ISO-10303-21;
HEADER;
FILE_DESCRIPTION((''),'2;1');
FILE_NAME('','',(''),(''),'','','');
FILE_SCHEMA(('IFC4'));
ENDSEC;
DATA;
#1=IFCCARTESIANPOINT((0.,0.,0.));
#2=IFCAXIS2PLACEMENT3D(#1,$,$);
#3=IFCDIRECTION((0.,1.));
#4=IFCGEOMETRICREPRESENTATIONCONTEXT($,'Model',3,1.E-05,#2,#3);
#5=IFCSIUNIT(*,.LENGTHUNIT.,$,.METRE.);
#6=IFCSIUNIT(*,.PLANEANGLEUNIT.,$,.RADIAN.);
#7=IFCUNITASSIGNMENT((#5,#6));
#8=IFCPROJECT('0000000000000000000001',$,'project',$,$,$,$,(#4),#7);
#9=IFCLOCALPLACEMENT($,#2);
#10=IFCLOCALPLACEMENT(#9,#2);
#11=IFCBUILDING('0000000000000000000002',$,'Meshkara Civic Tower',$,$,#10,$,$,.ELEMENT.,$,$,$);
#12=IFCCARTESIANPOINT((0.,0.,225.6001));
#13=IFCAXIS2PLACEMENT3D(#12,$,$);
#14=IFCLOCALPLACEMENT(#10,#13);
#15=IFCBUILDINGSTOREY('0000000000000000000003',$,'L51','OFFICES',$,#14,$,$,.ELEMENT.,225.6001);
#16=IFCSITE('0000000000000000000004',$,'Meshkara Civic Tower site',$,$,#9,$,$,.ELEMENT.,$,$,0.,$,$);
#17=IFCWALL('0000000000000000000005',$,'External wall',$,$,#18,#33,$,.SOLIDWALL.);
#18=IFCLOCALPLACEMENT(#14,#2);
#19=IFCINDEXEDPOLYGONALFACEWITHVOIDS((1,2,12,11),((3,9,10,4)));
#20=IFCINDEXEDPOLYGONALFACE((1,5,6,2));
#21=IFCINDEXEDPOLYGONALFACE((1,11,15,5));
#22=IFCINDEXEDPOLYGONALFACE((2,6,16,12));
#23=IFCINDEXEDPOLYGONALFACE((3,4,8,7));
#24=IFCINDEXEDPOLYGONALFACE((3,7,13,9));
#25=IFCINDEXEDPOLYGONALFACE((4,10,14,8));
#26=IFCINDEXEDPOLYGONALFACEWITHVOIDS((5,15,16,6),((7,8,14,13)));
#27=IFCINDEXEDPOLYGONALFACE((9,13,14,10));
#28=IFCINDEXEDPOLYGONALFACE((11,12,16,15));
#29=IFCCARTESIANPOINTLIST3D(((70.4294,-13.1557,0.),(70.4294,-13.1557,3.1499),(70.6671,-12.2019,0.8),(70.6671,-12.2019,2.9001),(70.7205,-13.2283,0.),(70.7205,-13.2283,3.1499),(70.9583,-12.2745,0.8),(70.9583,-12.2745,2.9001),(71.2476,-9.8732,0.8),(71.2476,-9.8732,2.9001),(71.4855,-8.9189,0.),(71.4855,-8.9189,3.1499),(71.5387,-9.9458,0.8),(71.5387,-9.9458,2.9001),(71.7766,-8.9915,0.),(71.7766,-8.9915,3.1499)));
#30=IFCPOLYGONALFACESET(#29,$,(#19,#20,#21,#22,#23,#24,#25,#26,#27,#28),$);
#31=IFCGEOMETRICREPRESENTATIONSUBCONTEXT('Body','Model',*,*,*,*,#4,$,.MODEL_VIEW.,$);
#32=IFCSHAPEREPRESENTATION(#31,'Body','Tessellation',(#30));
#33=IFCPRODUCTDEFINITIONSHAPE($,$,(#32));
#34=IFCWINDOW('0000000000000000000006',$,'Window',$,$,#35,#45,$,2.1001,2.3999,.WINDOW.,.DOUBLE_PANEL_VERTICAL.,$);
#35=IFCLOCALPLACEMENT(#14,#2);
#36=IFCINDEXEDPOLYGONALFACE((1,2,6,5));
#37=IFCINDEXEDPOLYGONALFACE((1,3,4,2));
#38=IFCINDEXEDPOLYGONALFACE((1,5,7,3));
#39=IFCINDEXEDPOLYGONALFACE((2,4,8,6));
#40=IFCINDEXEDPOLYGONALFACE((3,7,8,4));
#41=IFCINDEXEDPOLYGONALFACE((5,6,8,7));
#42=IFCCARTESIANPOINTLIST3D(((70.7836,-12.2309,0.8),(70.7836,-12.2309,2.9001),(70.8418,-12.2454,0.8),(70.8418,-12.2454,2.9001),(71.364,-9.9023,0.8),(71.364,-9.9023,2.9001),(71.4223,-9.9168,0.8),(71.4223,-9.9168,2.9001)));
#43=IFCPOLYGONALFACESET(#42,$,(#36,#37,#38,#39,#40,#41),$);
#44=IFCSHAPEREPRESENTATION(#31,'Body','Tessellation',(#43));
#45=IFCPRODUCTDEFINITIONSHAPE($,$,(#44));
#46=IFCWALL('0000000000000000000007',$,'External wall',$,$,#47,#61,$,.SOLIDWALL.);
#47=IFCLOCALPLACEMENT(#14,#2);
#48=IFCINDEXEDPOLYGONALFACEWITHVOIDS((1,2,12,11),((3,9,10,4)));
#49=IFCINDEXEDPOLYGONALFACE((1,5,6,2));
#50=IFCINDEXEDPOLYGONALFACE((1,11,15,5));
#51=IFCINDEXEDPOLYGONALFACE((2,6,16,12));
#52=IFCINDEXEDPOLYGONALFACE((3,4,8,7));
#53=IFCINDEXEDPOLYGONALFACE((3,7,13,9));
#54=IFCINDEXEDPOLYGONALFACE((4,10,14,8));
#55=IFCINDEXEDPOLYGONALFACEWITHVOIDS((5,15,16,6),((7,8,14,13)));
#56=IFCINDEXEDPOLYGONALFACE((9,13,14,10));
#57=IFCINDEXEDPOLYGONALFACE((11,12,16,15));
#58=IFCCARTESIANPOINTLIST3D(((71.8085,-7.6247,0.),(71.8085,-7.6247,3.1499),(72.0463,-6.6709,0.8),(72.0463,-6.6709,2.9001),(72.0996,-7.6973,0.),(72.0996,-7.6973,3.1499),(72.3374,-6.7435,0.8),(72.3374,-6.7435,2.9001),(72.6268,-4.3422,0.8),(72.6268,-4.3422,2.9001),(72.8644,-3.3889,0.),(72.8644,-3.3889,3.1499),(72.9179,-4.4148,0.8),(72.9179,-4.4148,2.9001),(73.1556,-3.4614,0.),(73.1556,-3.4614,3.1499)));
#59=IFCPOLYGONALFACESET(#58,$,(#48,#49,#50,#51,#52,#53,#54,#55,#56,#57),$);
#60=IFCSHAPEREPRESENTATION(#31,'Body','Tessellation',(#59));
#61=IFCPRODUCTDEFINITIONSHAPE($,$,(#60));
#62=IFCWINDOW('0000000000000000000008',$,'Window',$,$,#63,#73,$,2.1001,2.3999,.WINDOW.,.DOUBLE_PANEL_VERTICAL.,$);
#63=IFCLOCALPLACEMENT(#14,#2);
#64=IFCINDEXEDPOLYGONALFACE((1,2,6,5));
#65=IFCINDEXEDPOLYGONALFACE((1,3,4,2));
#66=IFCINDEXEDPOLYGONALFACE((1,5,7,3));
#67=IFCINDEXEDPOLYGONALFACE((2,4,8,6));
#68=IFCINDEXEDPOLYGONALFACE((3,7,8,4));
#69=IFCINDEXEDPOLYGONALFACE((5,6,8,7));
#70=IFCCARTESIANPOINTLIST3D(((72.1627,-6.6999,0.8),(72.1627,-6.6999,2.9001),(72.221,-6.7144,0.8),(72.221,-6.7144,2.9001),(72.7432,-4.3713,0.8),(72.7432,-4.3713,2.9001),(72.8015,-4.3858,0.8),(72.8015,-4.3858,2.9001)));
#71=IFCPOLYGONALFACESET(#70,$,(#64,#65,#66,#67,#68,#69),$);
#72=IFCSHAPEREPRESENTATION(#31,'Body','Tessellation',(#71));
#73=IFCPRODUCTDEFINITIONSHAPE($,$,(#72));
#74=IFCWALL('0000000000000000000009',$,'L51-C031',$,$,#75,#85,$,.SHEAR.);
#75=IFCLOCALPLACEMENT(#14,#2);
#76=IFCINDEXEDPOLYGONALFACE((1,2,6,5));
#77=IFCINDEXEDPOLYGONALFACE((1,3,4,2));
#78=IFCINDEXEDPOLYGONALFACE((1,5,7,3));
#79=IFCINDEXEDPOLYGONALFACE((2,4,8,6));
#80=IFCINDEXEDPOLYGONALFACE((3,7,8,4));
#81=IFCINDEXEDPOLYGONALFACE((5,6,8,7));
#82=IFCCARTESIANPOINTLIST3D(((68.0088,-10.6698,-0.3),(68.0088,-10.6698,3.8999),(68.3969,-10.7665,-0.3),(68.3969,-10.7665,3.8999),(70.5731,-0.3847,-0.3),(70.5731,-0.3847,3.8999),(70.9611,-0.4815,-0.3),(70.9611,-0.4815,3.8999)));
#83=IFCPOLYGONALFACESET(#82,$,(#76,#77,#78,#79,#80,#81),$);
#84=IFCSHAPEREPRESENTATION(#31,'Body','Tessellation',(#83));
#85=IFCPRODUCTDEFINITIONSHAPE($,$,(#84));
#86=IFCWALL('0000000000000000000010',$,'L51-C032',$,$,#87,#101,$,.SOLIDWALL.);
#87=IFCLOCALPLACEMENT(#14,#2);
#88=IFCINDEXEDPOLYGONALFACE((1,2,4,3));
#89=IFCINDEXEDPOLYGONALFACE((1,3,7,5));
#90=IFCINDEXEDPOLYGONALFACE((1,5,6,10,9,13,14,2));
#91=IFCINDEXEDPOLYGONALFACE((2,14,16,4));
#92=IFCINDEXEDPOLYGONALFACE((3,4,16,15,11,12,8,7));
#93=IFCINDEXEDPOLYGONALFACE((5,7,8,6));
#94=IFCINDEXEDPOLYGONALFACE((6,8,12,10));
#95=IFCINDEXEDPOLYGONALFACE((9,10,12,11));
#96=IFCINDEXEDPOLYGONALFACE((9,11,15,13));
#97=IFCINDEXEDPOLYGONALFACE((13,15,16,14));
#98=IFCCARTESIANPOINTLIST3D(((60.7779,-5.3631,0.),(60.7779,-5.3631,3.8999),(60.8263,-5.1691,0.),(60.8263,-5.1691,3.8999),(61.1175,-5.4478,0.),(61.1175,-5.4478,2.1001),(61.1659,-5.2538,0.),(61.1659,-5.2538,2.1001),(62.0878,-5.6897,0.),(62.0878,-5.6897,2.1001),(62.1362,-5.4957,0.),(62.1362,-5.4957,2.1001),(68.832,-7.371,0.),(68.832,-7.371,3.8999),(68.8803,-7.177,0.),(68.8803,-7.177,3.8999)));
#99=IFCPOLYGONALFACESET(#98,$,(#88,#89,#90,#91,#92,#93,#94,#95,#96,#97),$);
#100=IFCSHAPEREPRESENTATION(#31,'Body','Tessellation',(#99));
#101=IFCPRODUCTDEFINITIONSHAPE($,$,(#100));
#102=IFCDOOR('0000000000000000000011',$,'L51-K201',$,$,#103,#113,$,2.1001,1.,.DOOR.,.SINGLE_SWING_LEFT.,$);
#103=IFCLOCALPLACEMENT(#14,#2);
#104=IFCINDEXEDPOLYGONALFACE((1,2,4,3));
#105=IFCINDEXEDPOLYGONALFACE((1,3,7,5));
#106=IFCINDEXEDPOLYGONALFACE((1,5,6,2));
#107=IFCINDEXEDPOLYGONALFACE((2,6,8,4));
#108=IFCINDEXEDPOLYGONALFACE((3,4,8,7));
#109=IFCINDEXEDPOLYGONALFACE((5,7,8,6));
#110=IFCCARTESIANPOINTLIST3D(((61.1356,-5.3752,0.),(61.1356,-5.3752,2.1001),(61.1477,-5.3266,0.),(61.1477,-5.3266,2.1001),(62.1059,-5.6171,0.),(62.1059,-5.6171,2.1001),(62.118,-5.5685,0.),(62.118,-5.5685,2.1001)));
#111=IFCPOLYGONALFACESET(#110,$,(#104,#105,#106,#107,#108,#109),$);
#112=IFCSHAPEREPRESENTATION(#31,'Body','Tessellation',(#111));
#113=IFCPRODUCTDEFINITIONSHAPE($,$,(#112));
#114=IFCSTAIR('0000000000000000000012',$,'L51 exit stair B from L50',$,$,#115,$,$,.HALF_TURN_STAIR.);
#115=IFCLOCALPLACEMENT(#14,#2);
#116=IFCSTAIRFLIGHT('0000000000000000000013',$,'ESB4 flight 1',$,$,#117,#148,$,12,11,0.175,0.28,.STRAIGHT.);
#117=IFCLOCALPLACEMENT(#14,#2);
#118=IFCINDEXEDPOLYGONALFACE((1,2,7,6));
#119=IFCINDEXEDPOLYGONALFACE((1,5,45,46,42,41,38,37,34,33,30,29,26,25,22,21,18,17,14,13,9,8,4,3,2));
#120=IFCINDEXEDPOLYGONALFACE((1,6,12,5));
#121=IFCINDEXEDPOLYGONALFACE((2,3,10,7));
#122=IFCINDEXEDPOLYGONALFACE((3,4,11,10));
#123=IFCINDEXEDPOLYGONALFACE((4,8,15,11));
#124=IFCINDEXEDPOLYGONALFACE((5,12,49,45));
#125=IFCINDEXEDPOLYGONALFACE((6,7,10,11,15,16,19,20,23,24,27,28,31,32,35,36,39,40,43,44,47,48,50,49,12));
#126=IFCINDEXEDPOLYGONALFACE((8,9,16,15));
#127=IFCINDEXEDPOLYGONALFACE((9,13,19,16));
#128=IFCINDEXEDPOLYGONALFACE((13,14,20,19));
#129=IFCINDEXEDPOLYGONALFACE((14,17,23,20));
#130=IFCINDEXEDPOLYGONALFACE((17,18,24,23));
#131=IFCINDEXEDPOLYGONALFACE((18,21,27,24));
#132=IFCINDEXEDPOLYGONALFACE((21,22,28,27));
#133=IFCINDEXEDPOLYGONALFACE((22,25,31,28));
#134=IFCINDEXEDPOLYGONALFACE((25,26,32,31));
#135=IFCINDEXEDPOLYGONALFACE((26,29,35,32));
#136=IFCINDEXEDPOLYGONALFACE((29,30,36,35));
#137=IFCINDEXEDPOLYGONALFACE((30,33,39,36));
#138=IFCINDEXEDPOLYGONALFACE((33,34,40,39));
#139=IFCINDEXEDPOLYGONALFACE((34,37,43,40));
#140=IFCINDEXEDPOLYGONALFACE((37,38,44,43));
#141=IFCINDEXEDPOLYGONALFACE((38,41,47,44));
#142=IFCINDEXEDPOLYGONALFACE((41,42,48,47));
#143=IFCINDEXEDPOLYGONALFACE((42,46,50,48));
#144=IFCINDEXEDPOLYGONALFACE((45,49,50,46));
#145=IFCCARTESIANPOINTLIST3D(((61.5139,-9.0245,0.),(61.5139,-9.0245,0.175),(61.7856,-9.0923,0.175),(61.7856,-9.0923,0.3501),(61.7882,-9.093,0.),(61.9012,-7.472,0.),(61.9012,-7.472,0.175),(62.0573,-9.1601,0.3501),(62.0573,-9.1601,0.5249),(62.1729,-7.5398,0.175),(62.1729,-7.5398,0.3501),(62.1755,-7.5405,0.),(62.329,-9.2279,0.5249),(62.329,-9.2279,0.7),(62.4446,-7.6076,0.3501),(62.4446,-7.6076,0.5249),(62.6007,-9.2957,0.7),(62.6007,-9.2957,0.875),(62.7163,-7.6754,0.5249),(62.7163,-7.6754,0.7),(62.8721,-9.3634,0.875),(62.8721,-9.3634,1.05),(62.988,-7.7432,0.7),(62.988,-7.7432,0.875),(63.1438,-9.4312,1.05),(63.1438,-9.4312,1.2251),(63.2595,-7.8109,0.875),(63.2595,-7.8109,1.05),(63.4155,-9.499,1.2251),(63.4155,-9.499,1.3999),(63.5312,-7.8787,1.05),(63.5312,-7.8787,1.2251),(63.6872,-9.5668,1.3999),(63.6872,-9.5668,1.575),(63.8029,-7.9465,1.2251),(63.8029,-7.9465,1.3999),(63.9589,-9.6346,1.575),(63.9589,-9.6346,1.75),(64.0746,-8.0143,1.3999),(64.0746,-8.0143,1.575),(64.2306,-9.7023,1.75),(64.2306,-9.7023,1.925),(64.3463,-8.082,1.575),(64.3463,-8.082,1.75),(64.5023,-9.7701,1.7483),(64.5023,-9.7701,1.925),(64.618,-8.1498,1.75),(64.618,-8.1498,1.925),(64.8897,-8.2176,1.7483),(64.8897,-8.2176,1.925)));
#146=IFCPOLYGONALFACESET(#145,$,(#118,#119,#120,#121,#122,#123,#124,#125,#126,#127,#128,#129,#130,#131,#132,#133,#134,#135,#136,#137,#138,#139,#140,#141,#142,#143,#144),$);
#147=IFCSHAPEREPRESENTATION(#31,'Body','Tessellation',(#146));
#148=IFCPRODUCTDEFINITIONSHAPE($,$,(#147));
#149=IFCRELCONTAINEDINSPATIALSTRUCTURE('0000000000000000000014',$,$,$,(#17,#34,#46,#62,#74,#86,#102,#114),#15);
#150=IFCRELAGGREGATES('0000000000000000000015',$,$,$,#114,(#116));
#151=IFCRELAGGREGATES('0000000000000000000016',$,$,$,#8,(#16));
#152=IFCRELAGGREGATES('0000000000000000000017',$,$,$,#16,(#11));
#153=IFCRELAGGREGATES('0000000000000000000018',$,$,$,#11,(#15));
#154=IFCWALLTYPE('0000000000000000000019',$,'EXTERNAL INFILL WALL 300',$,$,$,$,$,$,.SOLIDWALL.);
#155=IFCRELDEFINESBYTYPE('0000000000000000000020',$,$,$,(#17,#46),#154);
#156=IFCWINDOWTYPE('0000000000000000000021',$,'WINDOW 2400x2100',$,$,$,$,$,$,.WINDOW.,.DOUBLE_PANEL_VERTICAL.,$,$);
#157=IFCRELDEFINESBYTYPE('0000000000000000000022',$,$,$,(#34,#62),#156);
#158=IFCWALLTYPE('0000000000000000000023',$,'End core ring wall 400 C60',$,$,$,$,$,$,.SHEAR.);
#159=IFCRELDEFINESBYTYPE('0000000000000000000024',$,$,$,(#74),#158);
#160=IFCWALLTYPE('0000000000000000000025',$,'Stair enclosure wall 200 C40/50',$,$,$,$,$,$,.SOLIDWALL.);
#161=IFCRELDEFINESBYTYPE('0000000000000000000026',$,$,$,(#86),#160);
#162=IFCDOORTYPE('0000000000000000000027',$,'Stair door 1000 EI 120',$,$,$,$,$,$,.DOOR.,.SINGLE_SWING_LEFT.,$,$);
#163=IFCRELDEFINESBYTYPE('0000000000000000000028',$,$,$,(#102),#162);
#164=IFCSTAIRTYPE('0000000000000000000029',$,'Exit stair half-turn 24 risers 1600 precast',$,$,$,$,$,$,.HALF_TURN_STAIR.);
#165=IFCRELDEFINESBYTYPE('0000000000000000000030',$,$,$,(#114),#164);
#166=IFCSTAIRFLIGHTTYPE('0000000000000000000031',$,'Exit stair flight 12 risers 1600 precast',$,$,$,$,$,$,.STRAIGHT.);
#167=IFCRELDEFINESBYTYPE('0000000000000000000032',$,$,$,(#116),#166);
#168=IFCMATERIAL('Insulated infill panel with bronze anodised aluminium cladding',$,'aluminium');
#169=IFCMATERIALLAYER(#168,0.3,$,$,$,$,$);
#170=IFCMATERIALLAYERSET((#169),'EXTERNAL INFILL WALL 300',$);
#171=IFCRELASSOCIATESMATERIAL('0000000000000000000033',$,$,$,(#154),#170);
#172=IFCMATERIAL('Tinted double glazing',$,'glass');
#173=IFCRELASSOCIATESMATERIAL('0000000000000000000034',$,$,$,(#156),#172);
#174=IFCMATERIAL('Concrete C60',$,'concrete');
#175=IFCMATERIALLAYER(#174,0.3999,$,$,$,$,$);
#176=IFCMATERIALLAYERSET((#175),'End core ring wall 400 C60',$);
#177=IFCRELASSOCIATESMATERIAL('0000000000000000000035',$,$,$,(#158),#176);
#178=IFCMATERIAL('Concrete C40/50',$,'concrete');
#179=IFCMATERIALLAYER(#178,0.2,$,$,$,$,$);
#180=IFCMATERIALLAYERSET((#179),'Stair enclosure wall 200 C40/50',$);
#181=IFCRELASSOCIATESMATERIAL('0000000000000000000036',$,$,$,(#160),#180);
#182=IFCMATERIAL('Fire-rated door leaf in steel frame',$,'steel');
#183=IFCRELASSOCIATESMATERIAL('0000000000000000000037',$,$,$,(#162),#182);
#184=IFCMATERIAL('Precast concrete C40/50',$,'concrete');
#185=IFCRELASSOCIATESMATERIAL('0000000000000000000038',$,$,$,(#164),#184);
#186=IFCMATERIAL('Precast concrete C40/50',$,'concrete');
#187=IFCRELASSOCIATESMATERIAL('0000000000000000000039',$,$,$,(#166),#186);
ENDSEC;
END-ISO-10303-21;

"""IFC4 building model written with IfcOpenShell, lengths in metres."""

from ifc_helpers import new_model, si_unit, direction, frame, frame_2d, origin, place, context, subcontext, project, spatial, polyline, rectangle, outline, extrude, material, layer, layer_set, type_object, element, fill, aggregate, save


model = new_model("IFC4")

# Units and contexts
model_context = context("Model", 3, precision=1e-05, world=origin(), true_north=direction((0.0, 1.0)))
body_context = subcontext(model_context, "Body", "Model", "MODEL_VIEW")
ifc_project = project(units=[si_unit("LENGTHUNIT", "METRE"), si_unit("PLANEANGLEUNIT", "RADIAN")], contexts=[model_context])

# Site, building, storey
site_placement = place(None, origin())
site = spatial("IfcSite", under=ifc_project, at=site_placement, Name="Meshkara Civic Tower site", CompositionType="ELEMENT", RefElevation=0.0)
building_placement = place(site_placement, origin())
building = spatial("IfcBuilding", under=site, at=building_placement, Name="Meshkara Civic Tower", CompositionType="ELEMENT")
storey_placement = place(building_placement, frame((0.0, 0.0, 225.6001)))
storey = spatial("IfcBuildingStorey", under=building, at=storey_placement, Name="L51", Description="OFFICES", CompositionType="ELEMENT", Elevation=225.6001)

# Walls, openings, windows
ifc_material_1 = material(Name="Insulated infill panel with bronze anodised aluminium cladding", Category="aluminium")
ifc_layer_1 = layer(ifc_material_1, 0.3)
ifc_layer_set_1 = layer_set([ifc_layer_1], Name="EXTERNAL INFILL WALL 300")
wall_type_1 = type_object("IfcWallType", Name="EXTERNAL INFILL WALL 300", PredefinedType="SOLIDWALL", material=ifc_layer_set_1)
ifc_material_2 = material(Name="Tinted double glazing", Category="glass")
window_type_1 = type_object("IfcWindowType", Name="WINDOW 2400x2100", PartitioningType="DOUBLE_PANEL_VERTICAL", PredefinedType="WINDOW", material=ifc_material_2)
wall_1_placement = place(storey_placement, frame((70.575, -13.1919, 0.0), z_axis=(0.0, 0.0, 1.0), x_axis=(0.241878, 0.970307, 0.0)))
wall_1 = element("IfcWall", 1, at=wall_1_placement, inside=storey, type_object=wall_type_1, Name="External wall", PredefinedType="SOLIDWALL", context=body_context, shape_type="SweptSolid", body=[
    extrude(rectangle(XDim=4.3665, YDim=0.3, at=frame_2d((2.1831, 0.0))), origin(), (0.0, 0.0, 1.0), 3.1499),
])
opening_1_placement = place(wall_1_placement, frame((0.9829, 0.0, 0.8)))
opening_1 = element("IfcOpeningElement", 2, at=opening_1_placement, cuts=wall_1, PredefinedType="OPENING", context=body_context, shape_type="SweptSolid", body=[
    extrude(rectangle(XDim=2.3999, YDim=2.1001, at=frame_2d((1.2, 1.05))), frame((0.0, 0.1599, 0.0), z_axis=(0.0, -1.0, 0.0), x_axis=(1.0, 0.0, 0.0)), (0.0, 0.0, 1.0), 0.3201),
])
window_1_placement = place(opening_1_placement, origin())
window_1 = element("IfcWindow", 3, at=window_1_placement, inside=storey, type_object=window_type_1, Name="Window", OverallHeight=2.1001, OverallWidth=2.3999, PartitioningType="DOUBLE_PANEL_VERTICAL", PredefinedType="WINDOW", context=body_context, shape_type="SweptSolid", body=[
    extrude(rectangle(XDim=2.3999, YDim=2.1001, at=frame_2d((1.2, 1.05))), frame((0.0, 0.03, 0.0), z_axis=(0.0, -1.0, 0.0), x_axis=(1.0, 0.0, 0.0)), (0.0, 0.0, 1.0), 0.0601),
])
fill(opening_1, window_1)
wall_2_placement = place(storey_placement, frame((71.9541, -7.6609, 0.0), z_axis=(0.0, 0.0, 1.0), x_axis=(0.241878, 0.970307, 0.0)))
wall_2 = element("IfcWall", 4, at=wall_2_placement, inside=storey, type_object=wall_type_1, Name="External wall", PredefinedType="SOLIDWALL", context=body_context, shape_type="SweptSolid", body=[
    extrude(rectangle(XDim=4.3655, YDim=0.3, at=frame_2d((2.1826, 0.0))), origin(), (0.0, 0.0, 1.0), 3.1499),
])
opening_2_placement = place(wall_2_placement, frame((0.9829, 0.0, 0.8)))
opening_2 = element("IfcOpeningElement", 5, at=opening_2_placement, cuts=wall_2, PredefinedType="OPENING", context=body_context, shape_type="SweptSolid", body=[
    extrude(rectangle(XDim=2.3999, YDim=2.1001, at=frame_2d((1.2, 1.05))), frame((0.0, 0.1599, 0.0), z_axis=(0.0, -1.0, 0.0), x_axis=(1.0, 0.0, 0.0)), (0.0, 0.0, 1.0), 0.3201),
])
window_2_placement = place(opening_2_placement, origin())
window_2 = element("IfcWindow", 6, at=window_2_placement, inside=storey, type_object=window_type_1, Name="Window", OverallHeight=2.1001, OverallWidth=2.3999, PartitioningType="DOUBLE_PANEL_VERTICAL", PredefinedType="WINDOW", context=body_context, shape_type="SweptSolid", body=[
    extrude(rectangle(XDim=2.3999, YDim=2.1001, at=frame_2d((1.2, 1.05))), frame((0.0, 0.03, 0.0), z_axis=(0.0, -1.0, 0.0), x_axis=(1.0, 0.0, 0.0)), (0.0, 0.0, 1.0), 0.0601),
])
fill(opening_2, window_2)

# Wall
ifc_material_3 = material(Name="Concrete C60", Category="concrete")
ifc_layer_2 = layer(ifc_material_3, 0.3999)
ifc_layer_set_2 = layer_set([ifc_layer_2], Name="End core ring wall 400 C60")
wall_type_2 = type_object("IfcWallType", Name="End core ring wall 400 C60", PredefinedType="SHEAR", material=ifc_layer_set_2)
wall_3_placement = place(storey_placement, frame((68.2029, -10.718, -0.3), z_axis=(0.0, 0.0, 1.0), x_axis=(0.241912, 0.970298, 0.0)))
element("IfcWall", 7, at=wall_3_placement, inside=storey, type_object=wall_type_2, Name="L51-C031", PredefinedType="SHEAR", context=body_context, shape_type="SweptSolid", body=[
    extrude(rectangle(XDim=10.5999, YDim=0.3999, at=frame_2d((5.2998, 0.0))), origin(), (0.0, 0.0, 1.0), 4.2),
])

# Wall, opening, door
ifc_material_4 = material(Name="Concrete C40/50", Category="concrete")
ifc_layer_3 = layer(ifc_material_4, 0.2)
ifc_layer_set_3 = layer_set([ifc_layer_3], Name="Stair enclosure wall 200 C40/50")
wall_type_3 = type_object("IfcWallType", Name="Stair enclosure wall 200 C40/50", PredefinedType="SOLIDWALL", material=ifc_layer_set_3)
wall_4_placement = place(storey_placement, frame((60.802, -5.2661, 0.0), z_axis=(0.0, 0.0, 1.0), x_axis=(0.970303, -0.241892, 0.0)))
wall_4 = element("IfcWall", 8, at=wall_4_placement, inside=storey, type_object=wall_type_3, Name="L51-C032", PredefinedType="SOLIDWALL", context=body_context, shape_type="SweptSolid", body=[
    extrude(rectangle(XDim=8.3005, YDim=0.2, at=frame_2d((4.1504, 0.0))), origin(), (0.0, 0.0, 1.0), 3.8999),
])
opening_3_placement = place(wall_4_placement, frame((0.3501, 0.0, 0.0)))
opening_3 = element("IfcOpeningElement", 9, at=opening_3_placement, cuts=wall_4, PredefinedType="OPENING", context=body_context, shape_type="SweptSolid", body=[
    extrude(rectangle(XDim=1.0, YDim=2.1001, at=frame_2d((0.5, 1.05))), frame((0.0, 0.1099, 0.0), z_axis=(0.0, -1.0, 0.0), x_axis=(1.0, 0.0, 0.0)), (0.0, 0.0, 1.0), 0.22),
])
ifc_material_5 = material(Name="Fire-rated door leaf in steel frame", Category="steel")
door_type = type_object("IfcDoorType", Name="Stair door 1000 EI 120", OperationType="SINGLE_SWING_LEFT", PredefinedType="DOOR", material=ifc_material_5)
door_placement = place(opening_3_placement, origin())
door = element("IfcDoor", 10, at=door_placement, inside=storey, type_object=door_type, Name="L51-K201", OperationType="SINGLE_SWING_LEFT", OverallHeight=2.1001, OverallWidth=1.0, PredefinedType="DOOR", context=body_context, shape_type="SweptSolid", body=[
    extrude(rectangle(XDim=1.0, YDim=2.1001, at=frame_2d((0.5, 1.05))), frame((0.0, 0.0249, 0.0), z_axis=(0.0, -1.0, 0.0), x_axis=(1.0, 0.0, 0.0)), (0.0, 0.0, 1.0), 0.05),
])
fill(opening_3, door)

# Stair, stair flight
ifc_material_6 = material(Name="Precast concrete C40/50", Category="concrete")
stair_type = type_object("IfcStairType", Name="Exit stair half-turn 24 risers 1600 precast", PredefinedType="HALF_TURN_STAIR", material=ifc_material_6)
stair_placement = place(storey_placement, origin())
stair = element("IfcStair", 11, at=stair_placement, inside=storey, type_object=stair_type, Name="L51 exit stair B from L50", PredefinedType="HALF_TURN_STAIR")
ifc_material_7 = material(Name="Precast concrete C40/50", Category="concrete")
stair_flight_type = type_object("IfcStairFlightType", Name="Exit stair flight 12 risers 1600 precast", PredefinedType="STRAIGHT", material=ifc_material_7)
stair_flight_1_placement = place(storey_placement, frame((61.7075, -8.2483, 0.0), z_axis=(0.0, 0.0, 1.0), x_axis=(0.97026, -0.242065, 0.0)))
stair_flight_1 = element("IfcStairFlight", 12, at=stair_flight_1_placement, type_object=stair_flight_type, Name="ESB4 flight 1", NumberOfRisers=12, NumberOfTreads=11, PredefinedType="STRAIGHT", RiserHeight=0.175, TreadLength=0.28, context=body_context, shape_type="SweptSolid", body=[
    extrude(outline(polyline([(0.0, 0.0), (0.0, 0.175), (0.28, 0.175), (0.28, 0.3501), (0.5601, 0.3501), (0.5601, 0.5249), (0.8401, 0.5249), (0.8401, 0.7), (1.1201, 0.7), (1.1201, 0.875), (1.3999, 0.875), (1.3999, 1.05), (1.6799, 1.05), (1.6799, 1.2251), (1.96, 1.2251), (1.96, 1.3999), (2.24, 1.3999), (2.24, 1.575), (2.52, 1.575), (2.52, 1.75), (2.8, 1.75), (2.8, 1.925), (3.0801, 1.925), (3.0801, 2.1001), (3.0801, 1.7483), (0.2827, 0.0), (0.0, 0.0)])), frame((0.0, 0.8, 0.0), z_axis=(0.0, -1.0, 0.0), x_axis=(1.0, 0.0, 0.0)), (0.0, 0.0, 1.0), 1.6001),
])
aggregate(stair, [stair_flight_1])

save(model, "model.ifc")
